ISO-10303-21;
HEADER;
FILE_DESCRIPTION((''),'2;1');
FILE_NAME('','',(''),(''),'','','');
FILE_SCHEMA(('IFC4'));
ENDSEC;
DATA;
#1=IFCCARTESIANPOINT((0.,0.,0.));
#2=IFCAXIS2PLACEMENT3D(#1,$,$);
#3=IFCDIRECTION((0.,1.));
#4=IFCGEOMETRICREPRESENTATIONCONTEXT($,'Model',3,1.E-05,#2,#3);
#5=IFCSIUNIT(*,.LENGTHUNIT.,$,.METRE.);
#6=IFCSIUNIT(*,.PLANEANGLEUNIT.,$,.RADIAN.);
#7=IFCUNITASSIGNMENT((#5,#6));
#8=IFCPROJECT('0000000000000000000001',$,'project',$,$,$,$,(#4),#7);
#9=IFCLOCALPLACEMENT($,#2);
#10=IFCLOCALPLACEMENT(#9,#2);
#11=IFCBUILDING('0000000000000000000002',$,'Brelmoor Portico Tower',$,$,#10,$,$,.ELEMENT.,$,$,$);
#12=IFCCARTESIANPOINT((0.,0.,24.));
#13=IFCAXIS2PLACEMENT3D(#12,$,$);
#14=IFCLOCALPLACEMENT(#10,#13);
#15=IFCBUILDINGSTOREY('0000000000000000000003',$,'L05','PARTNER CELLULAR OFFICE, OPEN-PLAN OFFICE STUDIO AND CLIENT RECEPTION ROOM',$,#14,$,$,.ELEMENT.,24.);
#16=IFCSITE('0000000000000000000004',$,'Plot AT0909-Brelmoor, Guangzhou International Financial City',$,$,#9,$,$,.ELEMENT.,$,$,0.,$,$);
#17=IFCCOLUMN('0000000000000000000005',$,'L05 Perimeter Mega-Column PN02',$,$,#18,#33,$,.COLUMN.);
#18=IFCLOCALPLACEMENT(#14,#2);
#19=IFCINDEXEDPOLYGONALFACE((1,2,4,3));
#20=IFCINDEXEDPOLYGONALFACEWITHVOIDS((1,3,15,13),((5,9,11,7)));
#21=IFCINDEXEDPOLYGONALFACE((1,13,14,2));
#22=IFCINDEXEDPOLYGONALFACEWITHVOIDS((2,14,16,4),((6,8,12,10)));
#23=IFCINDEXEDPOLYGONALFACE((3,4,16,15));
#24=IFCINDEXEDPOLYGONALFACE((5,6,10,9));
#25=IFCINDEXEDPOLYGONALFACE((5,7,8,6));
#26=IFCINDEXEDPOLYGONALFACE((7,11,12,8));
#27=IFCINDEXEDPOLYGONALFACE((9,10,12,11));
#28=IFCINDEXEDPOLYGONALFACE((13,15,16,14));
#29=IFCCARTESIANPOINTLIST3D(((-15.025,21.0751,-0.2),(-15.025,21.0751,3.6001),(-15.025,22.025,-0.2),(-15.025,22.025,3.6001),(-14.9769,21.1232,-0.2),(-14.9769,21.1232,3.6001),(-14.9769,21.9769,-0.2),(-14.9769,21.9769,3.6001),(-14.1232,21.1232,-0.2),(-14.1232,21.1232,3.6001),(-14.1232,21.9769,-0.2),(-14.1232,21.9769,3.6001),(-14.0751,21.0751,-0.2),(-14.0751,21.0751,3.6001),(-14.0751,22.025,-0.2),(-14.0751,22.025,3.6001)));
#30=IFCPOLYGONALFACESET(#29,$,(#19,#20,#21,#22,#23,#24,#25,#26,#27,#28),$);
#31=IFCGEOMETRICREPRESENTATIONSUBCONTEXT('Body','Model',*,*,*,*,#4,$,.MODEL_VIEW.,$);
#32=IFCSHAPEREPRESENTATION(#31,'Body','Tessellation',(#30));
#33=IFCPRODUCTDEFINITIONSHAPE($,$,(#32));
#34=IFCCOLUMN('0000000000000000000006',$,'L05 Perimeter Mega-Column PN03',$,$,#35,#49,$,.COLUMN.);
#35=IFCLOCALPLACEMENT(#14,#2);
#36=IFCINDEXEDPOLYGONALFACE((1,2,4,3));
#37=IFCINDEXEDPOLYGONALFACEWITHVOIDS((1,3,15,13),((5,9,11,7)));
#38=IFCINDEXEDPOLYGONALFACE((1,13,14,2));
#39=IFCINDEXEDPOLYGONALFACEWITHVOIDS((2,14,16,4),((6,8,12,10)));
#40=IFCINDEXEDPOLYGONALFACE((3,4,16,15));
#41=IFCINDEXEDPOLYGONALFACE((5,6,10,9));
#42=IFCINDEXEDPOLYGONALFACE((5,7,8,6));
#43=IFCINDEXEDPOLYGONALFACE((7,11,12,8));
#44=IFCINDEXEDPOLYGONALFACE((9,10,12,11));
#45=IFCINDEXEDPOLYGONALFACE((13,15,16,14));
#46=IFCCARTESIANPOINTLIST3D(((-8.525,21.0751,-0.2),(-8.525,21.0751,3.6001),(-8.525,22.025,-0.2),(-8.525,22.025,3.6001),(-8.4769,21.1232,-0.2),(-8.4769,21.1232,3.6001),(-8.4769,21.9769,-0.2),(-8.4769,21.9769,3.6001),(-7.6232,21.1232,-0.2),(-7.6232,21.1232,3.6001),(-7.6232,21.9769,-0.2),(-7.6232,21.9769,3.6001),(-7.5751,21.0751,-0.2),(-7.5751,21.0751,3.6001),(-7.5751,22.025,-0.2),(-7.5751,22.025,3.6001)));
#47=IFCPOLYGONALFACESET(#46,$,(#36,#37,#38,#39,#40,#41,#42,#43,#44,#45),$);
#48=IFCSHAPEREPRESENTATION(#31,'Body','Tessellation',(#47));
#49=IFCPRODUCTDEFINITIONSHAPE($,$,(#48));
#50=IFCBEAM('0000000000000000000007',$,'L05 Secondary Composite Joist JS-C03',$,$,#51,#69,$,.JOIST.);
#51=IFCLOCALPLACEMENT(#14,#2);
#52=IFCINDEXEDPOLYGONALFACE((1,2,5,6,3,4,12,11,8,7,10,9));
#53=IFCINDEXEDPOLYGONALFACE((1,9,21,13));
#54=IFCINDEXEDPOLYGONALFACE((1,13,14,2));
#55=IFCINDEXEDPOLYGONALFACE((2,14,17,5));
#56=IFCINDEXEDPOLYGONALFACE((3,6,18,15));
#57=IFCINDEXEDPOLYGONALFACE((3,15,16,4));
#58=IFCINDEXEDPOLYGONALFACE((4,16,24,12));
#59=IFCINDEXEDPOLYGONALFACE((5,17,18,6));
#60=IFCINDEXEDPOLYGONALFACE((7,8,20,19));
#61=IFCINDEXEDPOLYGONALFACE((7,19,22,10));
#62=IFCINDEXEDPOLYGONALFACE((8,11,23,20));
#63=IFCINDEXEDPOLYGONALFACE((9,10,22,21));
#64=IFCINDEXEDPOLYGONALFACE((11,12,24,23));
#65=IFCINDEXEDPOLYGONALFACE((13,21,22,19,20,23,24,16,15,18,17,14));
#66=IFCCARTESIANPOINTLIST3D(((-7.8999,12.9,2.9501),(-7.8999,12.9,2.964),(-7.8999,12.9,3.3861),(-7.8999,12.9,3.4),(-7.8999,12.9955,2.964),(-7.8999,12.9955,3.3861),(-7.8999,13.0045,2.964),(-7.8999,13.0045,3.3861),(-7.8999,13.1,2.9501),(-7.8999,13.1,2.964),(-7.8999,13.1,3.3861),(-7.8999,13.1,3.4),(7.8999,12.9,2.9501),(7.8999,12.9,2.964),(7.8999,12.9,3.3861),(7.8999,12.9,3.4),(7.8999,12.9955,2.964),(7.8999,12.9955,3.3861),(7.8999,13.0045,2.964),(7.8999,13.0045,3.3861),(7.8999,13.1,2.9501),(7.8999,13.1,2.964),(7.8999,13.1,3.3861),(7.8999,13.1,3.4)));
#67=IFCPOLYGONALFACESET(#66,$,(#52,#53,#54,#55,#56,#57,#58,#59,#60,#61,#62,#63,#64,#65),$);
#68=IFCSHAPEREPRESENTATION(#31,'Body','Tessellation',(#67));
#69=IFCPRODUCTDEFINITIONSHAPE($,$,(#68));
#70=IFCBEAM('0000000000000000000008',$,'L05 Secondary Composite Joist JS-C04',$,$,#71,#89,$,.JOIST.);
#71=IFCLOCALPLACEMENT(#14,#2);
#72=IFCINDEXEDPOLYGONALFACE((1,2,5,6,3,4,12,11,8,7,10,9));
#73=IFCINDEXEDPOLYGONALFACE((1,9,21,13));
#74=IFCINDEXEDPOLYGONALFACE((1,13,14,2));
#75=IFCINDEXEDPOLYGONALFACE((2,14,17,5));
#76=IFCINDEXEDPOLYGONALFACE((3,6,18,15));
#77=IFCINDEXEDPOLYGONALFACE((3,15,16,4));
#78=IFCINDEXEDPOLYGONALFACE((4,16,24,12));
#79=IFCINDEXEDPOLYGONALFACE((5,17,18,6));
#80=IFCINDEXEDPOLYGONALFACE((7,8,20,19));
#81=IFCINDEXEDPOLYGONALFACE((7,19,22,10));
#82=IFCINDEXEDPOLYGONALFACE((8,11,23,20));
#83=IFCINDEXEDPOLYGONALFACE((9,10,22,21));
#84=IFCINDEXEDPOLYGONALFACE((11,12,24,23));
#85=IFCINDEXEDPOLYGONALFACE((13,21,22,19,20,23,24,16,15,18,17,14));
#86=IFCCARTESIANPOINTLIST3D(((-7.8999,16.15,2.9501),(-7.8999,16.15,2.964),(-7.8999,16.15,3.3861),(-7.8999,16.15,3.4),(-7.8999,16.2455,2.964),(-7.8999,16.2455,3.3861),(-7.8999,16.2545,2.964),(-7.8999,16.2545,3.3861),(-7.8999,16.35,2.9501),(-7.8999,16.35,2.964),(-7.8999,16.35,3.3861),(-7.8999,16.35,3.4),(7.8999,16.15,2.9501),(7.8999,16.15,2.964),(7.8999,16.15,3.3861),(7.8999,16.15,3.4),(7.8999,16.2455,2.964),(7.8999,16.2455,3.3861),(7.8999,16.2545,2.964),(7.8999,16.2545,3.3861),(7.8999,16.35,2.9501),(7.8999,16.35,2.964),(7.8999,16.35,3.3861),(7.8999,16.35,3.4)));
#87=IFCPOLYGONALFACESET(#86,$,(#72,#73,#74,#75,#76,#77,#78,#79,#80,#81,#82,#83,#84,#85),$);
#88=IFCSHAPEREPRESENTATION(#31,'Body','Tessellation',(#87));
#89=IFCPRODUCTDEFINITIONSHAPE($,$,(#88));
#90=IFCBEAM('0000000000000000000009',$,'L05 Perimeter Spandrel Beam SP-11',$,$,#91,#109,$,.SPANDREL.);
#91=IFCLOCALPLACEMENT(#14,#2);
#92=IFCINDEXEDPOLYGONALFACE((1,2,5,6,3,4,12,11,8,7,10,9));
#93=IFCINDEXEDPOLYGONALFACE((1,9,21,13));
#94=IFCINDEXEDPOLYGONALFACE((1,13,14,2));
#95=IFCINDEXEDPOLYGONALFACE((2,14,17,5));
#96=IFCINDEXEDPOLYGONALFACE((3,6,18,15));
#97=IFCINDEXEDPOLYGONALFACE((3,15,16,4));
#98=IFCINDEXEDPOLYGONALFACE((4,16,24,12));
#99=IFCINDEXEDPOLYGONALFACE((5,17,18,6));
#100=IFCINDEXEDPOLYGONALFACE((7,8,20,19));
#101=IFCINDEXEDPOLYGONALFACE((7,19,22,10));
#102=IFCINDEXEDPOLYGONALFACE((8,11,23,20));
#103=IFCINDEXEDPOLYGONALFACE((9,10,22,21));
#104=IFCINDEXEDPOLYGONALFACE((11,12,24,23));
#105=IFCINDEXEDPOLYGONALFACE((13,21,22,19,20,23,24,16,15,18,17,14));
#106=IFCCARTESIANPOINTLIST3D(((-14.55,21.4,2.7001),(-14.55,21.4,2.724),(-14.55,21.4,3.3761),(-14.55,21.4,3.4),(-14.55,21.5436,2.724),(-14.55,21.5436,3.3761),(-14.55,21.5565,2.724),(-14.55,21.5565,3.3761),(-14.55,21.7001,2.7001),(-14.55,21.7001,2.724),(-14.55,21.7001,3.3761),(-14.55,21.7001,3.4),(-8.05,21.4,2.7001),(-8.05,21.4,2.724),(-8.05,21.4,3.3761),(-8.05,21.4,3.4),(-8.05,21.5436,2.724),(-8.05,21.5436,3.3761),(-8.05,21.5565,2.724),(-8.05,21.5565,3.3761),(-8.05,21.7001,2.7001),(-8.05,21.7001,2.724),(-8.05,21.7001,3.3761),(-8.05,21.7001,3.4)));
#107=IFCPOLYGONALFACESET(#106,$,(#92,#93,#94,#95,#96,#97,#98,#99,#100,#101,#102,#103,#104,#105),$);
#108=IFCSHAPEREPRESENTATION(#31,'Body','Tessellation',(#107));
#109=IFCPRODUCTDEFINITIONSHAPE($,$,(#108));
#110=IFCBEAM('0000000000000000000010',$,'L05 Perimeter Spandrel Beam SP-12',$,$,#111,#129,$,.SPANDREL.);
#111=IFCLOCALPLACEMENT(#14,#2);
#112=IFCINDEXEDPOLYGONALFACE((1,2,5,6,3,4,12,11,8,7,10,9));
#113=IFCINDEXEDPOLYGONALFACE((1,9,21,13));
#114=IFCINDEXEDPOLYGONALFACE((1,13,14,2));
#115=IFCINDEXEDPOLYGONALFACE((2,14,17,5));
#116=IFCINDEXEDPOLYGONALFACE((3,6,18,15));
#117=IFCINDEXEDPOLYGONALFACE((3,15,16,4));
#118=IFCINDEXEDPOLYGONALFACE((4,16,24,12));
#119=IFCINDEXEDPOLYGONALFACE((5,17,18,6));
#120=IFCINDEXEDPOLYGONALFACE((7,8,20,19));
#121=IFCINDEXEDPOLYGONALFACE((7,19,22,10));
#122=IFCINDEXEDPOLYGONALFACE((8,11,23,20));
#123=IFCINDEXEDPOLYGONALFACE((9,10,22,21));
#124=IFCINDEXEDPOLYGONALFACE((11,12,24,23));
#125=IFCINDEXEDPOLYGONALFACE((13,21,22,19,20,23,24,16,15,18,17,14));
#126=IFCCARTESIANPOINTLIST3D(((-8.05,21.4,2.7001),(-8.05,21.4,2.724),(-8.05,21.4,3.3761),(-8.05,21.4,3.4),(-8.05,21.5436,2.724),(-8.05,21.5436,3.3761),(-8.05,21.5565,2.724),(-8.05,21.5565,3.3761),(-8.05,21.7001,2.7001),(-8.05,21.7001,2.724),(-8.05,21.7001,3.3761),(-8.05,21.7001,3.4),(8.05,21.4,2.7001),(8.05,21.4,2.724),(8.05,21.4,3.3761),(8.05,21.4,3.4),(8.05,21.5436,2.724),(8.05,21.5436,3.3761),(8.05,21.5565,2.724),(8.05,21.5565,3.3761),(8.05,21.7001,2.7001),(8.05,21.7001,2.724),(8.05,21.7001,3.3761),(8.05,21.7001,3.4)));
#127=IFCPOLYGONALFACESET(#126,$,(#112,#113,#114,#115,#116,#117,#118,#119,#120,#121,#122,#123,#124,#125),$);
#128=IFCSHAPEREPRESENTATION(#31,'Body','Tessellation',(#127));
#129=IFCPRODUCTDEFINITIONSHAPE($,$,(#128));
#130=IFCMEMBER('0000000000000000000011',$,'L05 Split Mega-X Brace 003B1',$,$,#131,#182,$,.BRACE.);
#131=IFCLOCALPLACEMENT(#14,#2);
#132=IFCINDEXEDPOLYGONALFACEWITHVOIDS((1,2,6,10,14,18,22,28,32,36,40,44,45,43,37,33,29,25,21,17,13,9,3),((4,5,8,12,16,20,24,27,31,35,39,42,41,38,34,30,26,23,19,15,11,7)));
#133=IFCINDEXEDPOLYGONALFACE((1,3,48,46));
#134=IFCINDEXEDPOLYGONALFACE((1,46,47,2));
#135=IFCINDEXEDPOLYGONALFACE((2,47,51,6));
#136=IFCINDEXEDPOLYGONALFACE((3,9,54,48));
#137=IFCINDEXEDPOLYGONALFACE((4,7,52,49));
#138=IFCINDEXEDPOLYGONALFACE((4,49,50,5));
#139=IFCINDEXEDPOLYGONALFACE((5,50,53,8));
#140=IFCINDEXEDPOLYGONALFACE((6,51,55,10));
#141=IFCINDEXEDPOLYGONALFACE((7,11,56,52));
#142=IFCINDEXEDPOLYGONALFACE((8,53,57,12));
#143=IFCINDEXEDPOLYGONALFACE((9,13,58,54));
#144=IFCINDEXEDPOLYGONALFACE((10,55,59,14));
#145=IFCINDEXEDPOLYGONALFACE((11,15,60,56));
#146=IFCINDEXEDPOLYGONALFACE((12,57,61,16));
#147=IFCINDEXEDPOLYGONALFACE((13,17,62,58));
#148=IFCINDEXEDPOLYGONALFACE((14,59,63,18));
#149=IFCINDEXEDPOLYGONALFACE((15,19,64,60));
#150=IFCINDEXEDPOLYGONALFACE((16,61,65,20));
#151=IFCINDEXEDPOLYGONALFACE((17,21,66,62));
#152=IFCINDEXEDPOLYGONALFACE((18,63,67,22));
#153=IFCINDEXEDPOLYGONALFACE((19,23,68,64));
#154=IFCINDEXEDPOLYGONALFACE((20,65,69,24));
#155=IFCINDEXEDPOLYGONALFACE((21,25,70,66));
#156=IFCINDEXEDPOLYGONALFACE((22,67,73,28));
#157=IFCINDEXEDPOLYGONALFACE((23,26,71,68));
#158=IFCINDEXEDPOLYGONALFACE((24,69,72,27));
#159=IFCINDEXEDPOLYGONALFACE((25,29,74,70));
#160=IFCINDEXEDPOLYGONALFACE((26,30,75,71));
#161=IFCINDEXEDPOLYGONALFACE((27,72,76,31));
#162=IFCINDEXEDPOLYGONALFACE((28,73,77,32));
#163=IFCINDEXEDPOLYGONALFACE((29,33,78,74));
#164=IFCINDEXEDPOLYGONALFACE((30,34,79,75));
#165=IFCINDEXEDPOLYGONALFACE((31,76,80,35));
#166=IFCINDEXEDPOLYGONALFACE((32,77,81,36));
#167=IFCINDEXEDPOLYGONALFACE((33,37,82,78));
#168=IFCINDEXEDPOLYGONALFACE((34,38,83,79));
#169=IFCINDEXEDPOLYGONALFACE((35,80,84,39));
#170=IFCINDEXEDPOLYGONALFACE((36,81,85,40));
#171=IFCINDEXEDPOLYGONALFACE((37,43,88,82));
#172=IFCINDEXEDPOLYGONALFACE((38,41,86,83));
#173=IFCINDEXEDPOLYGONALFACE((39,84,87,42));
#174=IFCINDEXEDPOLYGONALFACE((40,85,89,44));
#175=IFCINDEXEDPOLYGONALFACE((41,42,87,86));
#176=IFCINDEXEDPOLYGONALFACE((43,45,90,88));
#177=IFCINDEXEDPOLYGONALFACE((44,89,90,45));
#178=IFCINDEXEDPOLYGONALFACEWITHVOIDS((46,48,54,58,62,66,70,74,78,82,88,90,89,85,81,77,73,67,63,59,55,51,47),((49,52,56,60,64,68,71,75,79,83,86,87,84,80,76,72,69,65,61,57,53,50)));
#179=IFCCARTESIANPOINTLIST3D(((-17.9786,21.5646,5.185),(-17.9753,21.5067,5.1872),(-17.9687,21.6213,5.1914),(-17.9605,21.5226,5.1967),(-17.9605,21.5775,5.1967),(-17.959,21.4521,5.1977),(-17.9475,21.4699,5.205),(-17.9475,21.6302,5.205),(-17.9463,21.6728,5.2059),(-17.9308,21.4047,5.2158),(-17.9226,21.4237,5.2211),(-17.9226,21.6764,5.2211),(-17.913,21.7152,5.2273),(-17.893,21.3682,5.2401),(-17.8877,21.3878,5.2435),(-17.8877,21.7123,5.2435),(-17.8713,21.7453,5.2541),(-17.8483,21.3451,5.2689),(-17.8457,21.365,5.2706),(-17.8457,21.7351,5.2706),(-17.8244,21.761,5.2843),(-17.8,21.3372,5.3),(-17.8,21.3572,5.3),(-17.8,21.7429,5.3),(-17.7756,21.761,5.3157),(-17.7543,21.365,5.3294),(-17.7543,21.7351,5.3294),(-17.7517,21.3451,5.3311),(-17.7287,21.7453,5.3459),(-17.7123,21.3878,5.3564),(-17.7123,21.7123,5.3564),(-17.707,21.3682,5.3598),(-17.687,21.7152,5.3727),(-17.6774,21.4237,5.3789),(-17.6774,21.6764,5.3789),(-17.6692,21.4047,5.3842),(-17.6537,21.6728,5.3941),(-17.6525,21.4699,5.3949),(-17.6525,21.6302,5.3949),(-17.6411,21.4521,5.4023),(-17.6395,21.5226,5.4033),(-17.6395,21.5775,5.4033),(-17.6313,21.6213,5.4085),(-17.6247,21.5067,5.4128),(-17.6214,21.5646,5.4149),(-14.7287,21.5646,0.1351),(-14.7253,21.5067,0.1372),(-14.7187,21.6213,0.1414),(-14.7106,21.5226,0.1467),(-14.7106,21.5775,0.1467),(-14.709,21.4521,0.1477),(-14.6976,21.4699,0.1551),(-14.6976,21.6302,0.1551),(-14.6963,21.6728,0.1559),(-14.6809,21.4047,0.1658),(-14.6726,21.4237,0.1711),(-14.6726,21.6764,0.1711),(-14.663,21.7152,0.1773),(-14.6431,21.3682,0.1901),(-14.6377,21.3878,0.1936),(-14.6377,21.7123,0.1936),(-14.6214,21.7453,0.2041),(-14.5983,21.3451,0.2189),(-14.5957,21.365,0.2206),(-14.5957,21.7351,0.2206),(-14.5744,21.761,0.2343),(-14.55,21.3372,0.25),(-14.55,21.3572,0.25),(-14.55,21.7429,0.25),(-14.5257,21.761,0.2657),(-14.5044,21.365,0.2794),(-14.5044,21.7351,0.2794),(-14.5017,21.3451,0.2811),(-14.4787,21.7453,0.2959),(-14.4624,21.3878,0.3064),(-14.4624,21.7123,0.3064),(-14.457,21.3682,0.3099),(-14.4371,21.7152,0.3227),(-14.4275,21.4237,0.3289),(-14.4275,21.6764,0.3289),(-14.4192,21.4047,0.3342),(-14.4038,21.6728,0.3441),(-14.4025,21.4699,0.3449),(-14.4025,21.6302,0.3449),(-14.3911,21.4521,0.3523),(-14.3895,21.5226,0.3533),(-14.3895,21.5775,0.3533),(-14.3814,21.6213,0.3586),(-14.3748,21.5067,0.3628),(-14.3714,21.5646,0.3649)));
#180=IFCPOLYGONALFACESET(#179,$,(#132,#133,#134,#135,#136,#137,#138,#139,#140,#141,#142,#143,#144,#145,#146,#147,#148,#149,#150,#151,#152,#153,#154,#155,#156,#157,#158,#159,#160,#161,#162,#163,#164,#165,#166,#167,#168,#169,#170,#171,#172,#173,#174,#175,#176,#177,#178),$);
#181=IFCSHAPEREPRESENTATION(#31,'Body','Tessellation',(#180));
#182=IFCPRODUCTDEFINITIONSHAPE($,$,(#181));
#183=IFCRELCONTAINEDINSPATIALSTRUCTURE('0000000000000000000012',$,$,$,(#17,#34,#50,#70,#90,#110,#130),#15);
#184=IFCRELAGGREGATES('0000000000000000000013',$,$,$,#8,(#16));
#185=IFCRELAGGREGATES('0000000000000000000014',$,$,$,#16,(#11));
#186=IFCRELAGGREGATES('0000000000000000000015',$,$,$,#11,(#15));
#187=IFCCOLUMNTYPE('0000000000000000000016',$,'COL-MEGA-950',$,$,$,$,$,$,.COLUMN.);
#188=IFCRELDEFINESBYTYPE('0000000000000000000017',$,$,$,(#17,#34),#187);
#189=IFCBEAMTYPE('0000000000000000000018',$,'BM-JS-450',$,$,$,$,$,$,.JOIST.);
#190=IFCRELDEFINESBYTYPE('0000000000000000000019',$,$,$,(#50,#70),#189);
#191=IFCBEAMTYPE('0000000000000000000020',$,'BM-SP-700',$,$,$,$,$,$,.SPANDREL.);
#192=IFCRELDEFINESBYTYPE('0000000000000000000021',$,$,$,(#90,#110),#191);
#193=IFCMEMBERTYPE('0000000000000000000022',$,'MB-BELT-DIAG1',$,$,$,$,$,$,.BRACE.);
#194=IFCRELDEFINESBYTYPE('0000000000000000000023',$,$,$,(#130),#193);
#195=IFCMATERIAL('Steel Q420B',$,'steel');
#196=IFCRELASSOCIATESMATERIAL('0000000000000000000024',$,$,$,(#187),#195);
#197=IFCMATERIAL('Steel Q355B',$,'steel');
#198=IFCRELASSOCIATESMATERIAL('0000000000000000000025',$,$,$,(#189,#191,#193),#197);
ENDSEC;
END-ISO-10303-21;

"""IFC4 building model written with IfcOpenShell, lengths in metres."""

from ifc_helpers import new_model, si_unit, direction, frame, origin, origin_2d, place, context, subcontext, project, spatial, hollow_rectangle, hollow_circle, i_section, extrude, material, material_profile, profile_set, type_object, element, save


model = new_model("IFC4")

# Units and contexts
model_context = context("Model", 3, precision=1e-05, world=origin(), true_north=direction((0.0, 1.0)))
body_context = subcontext(model_context, "Body", "Model", "MODEL_VIEW")
ifc_project = project(units=[si_unit("LENGTHUNIT", "METRE"), si_unit("PLANEANGLEUNIT", "RADIAN")], contexts=[model_context])

# Site, building, storey
site_placement = place(None, origin())
site = spatial("IfcSite", under=ifc_project, at=site_placement, Name="Plot AT0909-Brelmoor, Guangzhou International Financial City", CompositionType="ELEMENT", RefElevation=0.0)
building_placement = place(site_placement, origin())
building = spatial("IfcBuilding", under=site, at=building_placement, Name="Brelmoor Portico Tower", CompositionType="ELEMENT")
storey_placement = place(building_placement, frame((0.0, 0.0, 24.0)))
storey = spatial("IfcBuildingStorey", under=building, at=storey_placement, Name="L05", Description="PARTNER CELLULAR OFFICE, OPEN-PLAN OFFICE STUDIO AND CLIENT RECEPTION ROOM", CompositionType="ELEMENT", Elevation=24.0)

# Columns
ifc_material_1 = material(Name="Steel Q420B", Category="steel")
ifc_material_profile_1 = material_profile(ifc_material_1, hollow_rectangle(XDim=0.95, YDim=0.95, WallThickness=0.0481, at=origin_2d()), Name="BOX 950x950x48")
ifc_profile_set_1 = profile_set([ifc_material_profile_1], Name="Steel Q420B")
column_type = type_object("IfcColumnType", Name="COL-MEGA-950", PredefinedType="COLUMN", material=ifc_profile_set_1)
for number, where, z_axis, x_axis, name in (
    (1, (-14.55, 21.55, -0.2), (0.0, 0.0, 1.0), (1.0, 0.0, 0.0), "L05 Perimeter Mega-Column PN02"),
    (2, (-8.05, 21.55, -0.2), (0.0, 0.0, 1.0), (1.0, 0.0, 0.0), "L05 Perimeter Mega-Column PN03"),
):
    element("IfcColumn", number, at=place(storey_placement, frame(where, z_axis=z_axis, x_axis=x_axis)), inside=storey, type_object=column_type, Name=name, PredefinedType="COLUMN", context=body_context, shape_type="SweptSolid", body=[
        extrude(hollow_rectangle(XDim=0.95, YDim=0.95, WallThickness=0.0481, at=origin_2d()), origin(), (0.0, 0.0, 1.0), 3.8),
    ])

# Beams
ifc_material_2 = material(Name="Steel Q355B", Category="steel")
ifc_material_profile_2 = material_profile(ifc_material_2, i_section(OverallWidth=0.2, OverallDepth=0.45, WebThickness=0.009, FlangeThickness=0.0139, at=origin_2d()), Name="HN 450x200x9x14")
ifc_profile_set_2 = profile_set([ifc_material_profile_2], Name="Steel Q355B")
beam_type_1 = type_object("IfcBeamType", Name="BM-JS-450", PredefinedType="JOIST", material=ifc_profile_set_2)
for number, where, z_axis, x_axis, name in (
    (3, (-7.8999, 13.0, 3.175), (1.0, 0.0, 0.0), (0.0, 1.0, 0.0), "L05 Secondary Composite Joist JS-C03"),
    (4, (-7.8999, 16.25, 3.175), (1.0, 0.0, 0.0), (0.0, 1.0, 0.0), "L05 Secondary Composite Joist JS-C04"),
):
    element("IfcBeam", number, at=place(storey_placement, frame(where, z_axis=z_axis, x_axis=x_axis)), inside=storey, type_object=beam_type_1, Name=name, PredefinedType="JOIST", context=body_context, shape_type="SweptSolid", body=[
        extrude(i_section(OverallWidth=0.2, OverallDepth=0.45, WebThickness=0.009, FlangeThickness=0.0139, at=origin_2d()), origin(), (0.0, 0.0, 1.0), 15.7998),
    ])
ifc_material_profile_3 = material_profile(ifc_material_2, i_section(OverallWidth=0.3, OverallDepth=0.7, WebThickness=0.0129, FlangeThickness=0.0239, at=origin_2d()), Name="HN 700x300x13x24")
ifc_profile_set_3 = profile_set([ifc_material_profile_3], Name="Steel Q355B")
beam_type_2 = type_object("IfcBeamType", Name="BM-SP-700", PredefinedType="SPANDREL", material=ifc_profile_set_3)
beam_1_placement = place(storey_placement, frame((-14.55, 21.55, 3.05), z_axis=(1.0, 0.0, 0.0), x_axis=(0.0, 1.0, 0.0)))
element("IfcBeam", 5, at=beam_1_placement, inside=storey, type_object=beam_type_2, Name="L05 Perimeter Spandrel Beam SP-11", PredefinedType="SPANDREL", context=body_context, shape_type="SweptSolid", body=[
    extrude(i_section(OverallWidth=0.3, OverallDepth=0.7, WebThickness=0.0129, FlangeThickness=0.0239, at=origin_2d()), origin(), (0.0, 0.0, 1.0), 6.5),
])
beam_2_placement = place(storey_placement, frame((-8.05, 21.55, 3.05), z_axis=(1.0, 0.0, 0.0), x_axis=(0.0, 1.0, 0.0)))
element("IfcBeam", 6, at=beam_2_placement, inside=storey, type_object=beam_type_2, Name="L05 Perimeter Spandrel Beam SP-12", PredefinedType="SPANDREL", context=body_context, shape_type="SweptSolid", body=[
    extrude(i_section(OverallWidth=0.3, OverallDepth=0.7, WebThickness=0.0129, FlangeThickness=0.0239, at=origin_2d()), origin(), (0.0, 0.0, 1.0), 16.1001),
])

# Member
ifc_material_profile_4 = material_profile(ifc_material_2, hollow_circle(Radius=0.2129, WallThickness=0.02, at=origin_2d()), Name="CHS 426x20")
ifc_profile_set_4 = profile_set([ifc_material_profile_4], Name="Steel Q355B")
member_type_1 = type_object("IfcMemberType", Name="MB-BELT-DIAG1", PredefinedType="BRACE", material=ifc_profile_set_4)
for number, where, z_axis, x_axis, name in (
    (7, (-14.55, 21.55, 0.25), (-0.541175, 0.0, 0.84091), (0.0, -1.0, 0.0), "L05 Split Mega-X Brace 003B1"),
):
    element("IfcMember", number, at=place(storey_placement, frame(where, z_axis=z_axis, x_axis=x_axis)), inside=storey, type_object=member_type_1, Name=name, PredefinedType="BRACE", context=body_context, shape_type="SweptSolid", body=[
        extrude(hollow_circle(Radius=0.2129, WallThickness=0.02, at=origin_2d()), origin(), (0.0, 0.0, 1.0), 6.0054),
    ])

save(model, "model.ifc")
